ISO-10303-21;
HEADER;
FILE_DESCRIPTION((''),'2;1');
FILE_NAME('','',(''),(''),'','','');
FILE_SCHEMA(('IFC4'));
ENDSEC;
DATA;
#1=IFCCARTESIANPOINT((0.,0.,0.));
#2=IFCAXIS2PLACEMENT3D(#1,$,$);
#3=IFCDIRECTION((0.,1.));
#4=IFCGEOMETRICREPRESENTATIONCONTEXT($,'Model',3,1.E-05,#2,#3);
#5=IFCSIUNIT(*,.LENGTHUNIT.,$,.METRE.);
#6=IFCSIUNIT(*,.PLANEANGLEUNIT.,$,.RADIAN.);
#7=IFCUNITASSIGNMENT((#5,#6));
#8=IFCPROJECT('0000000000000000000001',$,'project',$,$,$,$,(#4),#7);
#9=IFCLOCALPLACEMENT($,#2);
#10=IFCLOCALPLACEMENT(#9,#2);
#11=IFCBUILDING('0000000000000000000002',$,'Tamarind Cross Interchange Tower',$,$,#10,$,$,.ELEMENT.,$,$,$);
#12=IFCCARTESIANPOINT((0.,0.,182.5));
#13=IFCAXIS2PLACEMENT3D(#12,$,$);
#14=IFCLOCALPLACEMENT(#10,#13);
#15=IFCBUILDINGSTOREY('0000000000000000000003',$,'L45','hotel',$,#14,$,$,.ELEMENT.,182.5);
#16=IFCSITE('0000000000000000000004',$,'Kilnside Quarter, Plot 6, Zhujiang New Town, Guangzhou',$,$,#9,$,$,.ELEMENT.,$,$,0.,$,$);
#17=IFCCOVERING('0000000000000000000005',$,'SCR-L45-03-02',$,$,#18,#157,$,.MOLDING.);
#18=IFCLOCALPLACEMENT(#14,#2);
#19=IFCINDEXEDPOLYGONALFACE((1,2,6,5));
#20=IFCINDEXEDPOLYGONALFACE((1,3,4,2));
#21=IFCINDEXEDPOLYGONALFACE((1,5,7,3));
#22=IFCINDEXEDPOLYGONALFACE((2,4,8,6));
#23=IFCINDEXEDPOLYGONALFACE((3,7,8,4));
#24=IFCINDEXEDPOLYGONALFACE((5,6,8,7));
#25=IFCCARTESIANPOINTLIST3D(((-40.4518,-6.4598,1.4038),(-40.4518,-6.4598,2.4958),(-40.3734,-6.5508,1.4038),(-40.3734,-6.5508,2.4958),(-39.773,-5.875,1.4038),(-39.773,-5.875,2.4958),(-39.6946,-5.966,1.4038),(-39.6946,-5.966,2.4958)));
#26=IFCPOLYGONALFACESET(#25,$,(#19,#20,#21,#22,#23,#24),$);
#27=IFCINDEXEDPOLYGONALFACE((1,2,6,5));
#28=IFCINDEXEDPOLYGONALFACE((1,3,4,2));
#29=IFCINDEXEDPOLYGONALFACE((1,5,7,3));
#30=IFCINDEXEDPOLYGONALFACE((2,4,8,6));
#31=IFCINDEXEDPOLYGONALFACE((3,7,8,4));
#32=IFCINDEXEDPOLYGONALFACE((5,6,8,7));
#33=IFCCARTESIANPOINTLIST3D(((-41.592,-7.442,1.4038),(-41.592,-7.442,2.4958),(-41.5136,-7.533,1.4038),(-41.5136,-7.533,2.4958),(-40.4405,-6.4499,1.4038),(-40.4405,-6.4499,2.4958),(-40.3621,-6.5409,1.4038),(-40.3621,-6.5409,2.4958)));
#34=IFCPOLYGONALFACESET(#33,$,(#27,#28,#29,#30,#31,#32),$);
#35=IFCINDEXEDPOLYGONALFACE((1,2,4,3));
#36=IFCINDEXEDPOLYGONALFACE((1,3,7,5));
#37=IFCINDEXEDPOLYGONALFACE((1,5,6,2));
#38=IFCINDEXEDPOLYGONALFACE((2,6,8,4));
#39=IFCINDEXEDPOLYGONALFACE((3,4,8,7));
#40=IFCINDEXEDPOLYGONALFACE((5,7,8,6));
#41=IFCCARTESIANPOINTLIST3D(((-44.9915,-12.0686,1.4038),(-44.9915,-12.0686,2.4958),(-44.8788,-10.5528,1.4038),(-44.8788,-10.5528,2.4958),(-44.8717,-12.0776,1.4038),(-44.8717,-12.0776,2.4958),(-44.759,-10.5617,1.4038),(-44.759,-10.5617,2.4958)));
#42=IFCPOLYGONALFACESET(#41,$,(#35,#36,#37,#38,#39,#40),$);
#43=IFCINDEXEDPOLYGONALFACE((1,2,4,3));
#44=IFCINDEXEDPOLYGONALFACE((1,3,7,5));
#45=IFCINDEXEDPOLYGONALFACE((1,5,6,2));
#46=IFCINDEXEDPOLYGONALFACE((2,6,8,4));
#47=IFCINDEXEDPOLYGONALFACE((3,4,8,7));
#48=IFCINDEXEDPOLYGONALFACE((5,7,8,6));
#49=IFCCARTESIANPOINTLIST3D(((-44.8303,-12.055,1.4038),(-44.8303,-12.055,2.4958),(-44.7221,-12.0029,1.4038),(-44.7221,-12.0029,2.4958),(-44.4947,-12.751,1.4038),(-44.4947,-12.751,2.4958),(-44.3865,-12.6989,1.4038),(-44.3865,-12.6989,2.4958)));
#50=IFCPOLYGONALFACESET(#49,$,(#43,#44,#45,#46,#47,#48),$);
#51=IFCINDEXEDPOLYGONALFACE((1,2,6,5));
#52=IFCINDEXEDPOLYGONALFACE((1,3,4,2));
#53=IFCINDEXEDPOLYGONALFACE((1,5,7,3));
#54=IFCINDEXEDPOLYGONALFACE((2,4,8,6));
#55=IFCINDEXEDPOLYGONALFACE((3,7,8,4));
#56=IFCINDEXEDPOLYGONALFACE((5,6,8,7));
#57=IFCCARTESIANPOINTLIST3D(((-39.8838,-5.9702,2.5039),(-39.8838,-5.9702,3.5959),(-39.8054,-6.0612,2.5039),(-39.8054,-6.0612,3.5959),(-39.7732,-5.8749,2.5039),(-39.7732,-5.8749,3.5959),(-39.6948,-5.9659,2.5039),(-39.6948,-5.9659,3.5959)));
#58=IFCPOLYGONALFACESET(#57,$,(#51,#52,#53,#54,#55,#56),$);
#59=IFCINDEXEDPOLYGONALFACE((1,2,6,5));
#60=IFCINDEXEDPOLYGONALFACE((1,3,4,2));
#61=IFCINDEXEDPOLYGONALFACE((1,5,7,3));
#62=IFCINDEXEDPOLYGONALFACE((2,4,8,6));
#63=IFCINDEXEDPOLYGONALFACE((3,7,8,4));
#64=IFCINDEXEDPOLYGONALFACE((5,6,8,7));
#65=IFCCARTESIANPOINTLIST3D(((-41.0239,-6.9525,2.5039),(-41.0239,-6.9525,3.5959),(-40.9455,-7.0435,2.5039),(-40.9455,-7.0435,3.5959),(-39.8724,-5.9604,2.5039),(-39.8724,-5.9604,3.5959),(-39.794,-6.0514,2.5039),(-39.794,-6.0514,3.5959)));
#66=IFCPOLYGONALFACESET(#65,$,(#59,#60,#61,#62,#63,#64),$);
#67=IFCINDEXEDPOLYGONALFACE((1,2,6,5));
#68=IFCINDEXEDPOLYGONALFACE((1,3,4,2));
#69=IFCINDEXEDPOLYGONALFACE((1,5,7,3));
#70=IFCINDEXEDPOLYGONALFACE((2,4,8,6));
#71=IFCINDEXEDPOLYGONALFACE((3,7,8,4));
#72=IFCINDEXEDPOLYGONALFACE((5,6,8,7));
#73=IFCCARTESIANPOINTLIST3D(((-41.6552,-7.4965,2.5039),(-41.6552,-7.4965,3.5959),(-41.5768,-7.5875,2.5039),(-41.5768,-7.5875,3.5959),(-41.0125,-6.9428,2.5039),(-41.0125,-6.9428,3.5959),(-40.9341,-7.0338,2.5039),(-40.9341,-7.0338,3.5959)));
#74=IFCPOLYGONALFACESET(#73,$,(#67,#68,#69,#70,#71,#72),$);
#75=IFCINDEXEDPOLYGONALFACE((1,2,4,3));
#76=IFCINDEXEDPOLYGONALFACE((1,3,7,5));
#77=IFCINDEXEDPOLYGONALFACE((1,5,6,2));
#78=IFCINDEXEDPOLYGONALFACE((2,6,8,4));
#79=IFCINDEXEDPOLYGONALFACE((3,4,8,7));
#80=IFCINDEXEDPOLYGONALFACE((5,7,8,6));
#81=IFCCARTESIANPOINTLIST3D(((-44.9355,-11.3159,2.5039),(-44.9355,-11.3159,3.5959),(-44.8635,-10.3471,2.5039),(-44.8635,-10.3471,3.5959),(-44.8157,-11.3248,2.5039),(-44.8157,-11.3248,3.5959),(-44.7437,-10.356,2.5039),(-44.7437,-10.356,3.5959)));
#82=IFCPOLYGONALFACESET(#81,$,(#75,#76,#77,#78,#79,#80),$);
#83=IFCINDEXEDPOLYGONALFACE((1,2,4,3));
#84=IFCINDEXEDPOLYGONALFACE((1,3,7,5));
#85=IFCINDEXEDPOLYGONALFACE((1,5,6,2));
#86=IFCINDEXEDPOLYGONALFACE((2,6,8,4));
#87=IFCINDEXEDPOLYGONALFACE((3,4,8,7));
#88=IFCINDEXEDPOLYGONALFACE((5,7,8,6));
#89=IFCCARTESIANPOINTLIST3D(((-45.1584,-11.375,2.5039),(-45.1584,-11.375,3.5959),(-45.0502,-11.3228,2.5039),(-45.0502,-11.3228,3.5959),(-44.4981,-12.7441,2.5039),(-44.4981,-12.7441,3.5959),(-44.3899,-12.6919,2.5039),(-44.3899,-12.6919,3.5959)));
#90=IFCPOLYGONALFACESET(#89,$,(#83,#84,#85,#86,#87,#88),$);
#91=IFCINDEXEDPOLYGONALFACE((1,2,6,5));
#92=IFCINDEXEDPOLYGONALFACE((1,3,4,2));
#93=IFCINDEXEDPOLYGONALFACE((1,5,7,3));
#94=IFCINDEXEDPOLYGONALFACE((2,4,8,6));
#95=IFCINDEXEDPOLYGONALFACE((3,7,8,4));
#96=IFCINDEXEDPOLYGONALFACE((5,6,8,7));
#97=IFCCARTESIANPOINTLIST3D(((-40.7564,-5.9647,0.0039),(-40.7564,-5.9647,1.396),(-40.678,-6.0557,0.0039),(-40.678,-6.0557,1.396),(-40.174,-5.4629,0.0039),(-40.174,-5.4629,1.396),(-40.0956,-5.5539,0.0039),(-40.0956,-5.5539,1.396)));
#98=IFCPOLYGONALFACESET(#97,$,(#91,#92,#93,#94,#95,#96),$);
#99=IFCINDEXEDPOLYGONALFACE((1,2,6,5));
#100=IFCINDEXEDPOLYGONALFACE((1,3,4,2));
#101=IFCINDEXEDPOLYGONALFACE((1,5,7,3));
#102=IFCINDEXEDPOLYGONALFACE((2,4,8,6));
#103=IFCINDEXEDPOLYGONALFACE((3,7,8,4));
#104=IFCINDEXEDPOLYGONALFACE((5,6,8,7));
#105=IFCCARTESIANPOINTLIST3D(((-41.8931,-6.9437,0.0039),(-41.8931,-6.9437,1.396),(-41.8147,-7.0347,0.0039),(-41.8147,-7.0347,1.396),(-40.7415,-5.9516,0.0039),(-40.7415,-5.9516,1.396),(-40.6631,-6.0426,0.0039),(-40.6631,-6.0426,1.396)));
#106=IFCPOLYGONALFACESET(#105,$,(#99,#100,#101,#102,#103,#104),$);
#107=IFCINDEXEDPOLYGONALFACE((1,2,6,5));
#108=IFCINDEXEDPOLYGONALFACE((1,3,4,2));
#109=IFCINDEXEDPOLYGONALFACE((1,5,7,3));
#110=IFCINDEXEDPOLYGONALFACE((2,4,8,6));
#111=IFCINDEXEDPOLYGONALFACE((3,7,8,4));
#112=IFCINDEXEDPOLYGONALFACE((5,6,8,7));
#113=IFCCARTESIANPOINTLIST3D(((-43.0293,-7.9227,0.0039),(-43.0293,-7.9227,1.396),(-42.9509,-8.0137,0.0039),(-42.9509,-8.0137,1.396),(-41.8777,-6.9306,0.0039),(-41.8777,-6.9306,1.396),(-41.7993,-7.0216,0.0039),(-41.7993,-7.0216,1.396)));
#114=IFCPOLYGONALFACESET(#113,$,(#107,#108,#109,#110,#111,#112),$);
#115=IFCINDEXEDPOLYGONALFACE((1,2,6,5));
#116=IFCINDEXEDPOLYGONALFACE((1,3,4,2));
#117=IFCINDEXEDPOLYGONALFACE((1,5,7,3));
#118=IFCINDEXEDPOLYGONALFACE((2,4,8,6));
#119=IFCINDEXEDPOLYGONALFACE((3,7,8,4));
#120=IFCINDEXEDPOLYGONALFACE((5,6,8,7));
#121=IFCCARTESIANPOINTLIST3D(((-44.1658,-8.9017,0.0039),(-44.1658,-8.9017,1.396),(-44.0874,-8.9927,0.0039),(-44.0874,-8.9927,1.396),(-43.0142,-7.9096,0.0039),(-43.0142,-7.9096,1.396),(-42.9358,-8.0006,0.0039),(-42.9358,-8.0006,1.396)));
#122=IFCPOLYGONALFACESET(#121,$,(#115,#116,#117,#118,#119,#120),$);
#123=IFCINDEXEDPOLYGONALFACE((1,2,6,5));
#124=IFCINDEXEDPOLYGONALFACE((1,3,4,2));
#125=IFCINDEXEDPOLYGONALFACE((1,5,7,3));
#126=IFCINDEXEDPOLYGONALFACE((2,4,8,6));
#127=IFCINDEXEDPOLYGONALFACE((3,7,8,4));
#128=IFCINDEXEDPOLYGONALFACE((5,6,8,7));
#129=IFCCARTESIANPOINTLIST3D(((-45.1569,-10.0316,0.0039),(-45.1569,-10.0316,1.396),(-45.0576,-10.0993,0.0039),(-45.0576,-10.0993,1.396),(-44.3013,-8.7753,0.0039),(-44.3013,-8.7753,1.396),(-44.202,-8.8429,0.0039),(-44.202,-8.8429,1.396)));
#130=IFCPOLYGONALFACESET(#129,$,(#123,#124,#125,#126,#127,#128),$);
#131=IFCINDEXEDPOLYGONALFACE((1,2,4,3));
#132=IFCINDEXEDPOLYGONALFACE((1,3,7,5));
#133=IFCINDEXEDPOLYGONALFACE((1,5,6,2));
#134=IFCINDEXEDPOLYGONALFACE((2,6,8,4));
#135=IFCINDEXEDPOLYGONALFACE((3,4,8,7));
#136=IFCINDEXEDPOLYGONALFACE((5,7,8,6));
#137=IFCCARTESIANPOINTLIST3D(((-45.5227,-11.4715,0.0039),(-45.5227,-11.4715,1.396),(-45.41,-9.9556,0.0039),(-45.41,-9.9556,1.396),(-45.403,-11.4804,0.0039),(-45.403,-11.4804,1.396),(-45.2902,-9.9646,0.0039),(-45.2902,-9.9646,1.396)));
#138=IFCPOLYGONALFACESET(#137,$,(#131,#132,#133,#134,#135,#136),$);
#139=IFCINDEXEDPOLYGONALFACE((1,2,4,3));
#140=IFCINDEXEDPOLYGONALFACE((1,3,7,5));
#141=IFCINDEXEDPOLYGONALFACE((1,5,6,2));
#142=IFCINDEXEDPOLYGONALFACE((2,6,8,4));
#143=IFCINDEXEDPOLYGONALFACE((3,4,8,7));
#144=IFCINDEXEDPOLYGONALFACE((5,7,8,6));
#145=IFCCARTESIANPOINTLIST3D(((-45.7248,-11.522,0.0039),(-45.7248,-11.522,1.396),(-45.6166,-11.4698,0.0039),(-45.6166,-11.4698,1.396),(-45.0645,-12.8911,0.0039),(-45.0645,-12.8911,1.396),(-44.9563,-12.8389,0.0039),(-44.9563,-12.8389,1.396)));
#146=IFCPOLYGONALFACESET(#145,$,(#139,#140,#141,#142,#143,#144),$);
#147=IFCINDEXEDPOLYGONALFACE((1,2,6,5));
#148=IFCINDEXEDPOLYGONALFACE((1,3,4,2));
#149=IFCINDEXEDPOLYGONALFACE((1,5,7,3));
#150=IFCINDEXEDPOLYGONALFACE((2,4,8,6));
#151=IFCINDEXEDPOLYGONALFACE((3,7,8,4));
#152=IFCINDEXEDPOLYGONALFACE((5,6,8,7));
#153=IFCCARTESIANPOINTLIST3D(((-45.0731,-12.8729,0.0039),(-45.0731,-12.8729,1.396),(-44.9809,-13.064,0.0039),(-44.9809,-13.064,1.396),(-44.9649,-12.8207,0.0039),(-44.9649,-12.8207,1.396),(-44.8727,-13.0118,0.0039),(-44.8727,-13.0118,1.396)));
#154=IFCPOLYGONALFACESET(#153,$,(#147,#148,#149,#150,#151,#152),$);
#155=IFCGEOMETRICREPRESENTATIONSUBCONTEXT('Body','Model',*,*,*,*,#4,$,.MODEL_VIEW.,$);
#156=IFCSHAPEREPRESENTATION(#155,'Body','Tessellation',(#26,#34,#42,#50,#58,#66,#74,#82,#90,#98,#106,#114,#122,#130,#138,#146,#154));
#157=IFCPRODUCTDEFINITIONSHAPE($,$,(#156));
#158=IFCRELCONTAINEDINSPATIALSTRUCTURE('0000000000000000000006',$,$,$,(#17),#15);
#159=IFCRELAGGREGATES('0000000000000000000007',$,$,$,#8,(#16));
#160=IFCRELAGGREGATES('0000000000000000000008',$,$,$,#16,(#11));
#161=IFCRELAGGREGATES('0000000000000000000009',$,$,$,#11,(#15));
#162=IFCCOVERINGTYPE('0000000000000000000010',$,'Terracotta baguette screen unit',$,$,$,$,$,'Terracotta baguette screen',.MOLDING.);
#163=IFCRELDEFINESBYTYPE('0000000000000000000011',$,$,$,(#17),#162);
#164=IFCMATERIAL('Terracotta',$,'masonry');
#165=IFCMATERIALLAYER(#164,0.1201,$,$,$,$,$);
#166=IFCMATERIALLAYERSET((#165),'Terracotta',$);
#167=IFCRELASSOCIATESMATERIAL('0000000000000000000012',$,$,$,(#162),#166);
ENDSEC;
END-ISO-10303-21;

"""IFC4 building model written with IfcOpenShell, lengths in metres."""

from ifc_helpers import new_model, si_unit, direction, frame, origin, origin_2d, place, context, subcontext, project, spatial, rectangle, extrude, material, layer, layer_set, type_object, element, save


model = new_model("IFC4")

# Units and contexts
model_context = context("Model", 3, precision=1e-05, world=origin(), true_north=direction((0.0, 1.0)))
body_context = subcontext(model_context, "Body", "Model", "MODEL_VIEW")
ifc_project = project(units=[si_unit("LENGTHUNIT", "METRE"), si_unit("PLANEANGLEUNIT", "RADIAN")], contexts=[model_context])

# Site, building, storey
site_placement = place(None, origin())
site = spatial("IfcSite", under=ifc_project, at=site_placement, Name="Kilnside Quarter, Plot 6, Zhujiang New Town, Guangzhou", CompositionType="ELEMENT", RefElevation=0.0)
building_placement = place(site_placement, origin())
building = spatial("IfcBuilding", under=site, at=building_placement, Name="Tamarind Cross Interchange Tower", CompositionType="ELEMENT")
storey_placement = place(building_placement, frame((0.0, 0.0, 182.5)))
storey = spatial("IfcBuildingStorey", under=building, at=storey_placement, Name="L45", Description="hotel", CompositionType="ELEMENT", Elevation=182.5)

# Covering
ifc_material_1 = material(Name="Terracotta", Category="masonry")
ifc_layer_1 = layer(ifc_material_1, 0.1201)
ifc_layer_set_1 = layer_set([ifc_layer_1], Name="Terracotta")
covering_type = type_object("IfcCoveringType", Name="Terracotta baguette screen unit", ElementType="Terracotta baguette screen", PredefinedType="MOLDING", material=ifc_layer_set_1)
covering_1_placement = place(storey_placement, origin())
element("IfcCovering", 1, at=covering_1_placement, inside=storey, type_object=covering_type, Name="SCR-L45-03-02", PredefinedType="MOLDING", context=body_context, shape_type="SweptSolid", body=[
    extrude(rectangle(XDim=0.896, YDim=0.1201, at=origin_2d()), frame((-40.0732, -6.2129, 1.4038), z_axis=(0.0, 0.0, 1.0), x_axis=(-0.757597, -0.652723, 0.0)), (0.0, 0.0, 1.0), 1.092),
    extrude(rectangle(XDim=1.52, YDim=0.1201, at=origin_2d()), frame((-40.9771, -6.9915, 1.4038), z_axis=(0.0, 0.0, 1.0), x_axis=(-0.757597, -0.652723, 0.0)), (0.0, 0.0, 1.0), 1.092),
    extrude(rectangle(XDim=1.52, YDim=0.1201, at=origin_2d()), frame((-44.8752, -11.3152, 1.4038), z_axis=(0.0, 0.0, 1.0), x_axis=(-0.074157, -0.997247, 0.0)), (0.0, 0.0, 1.0), 1.092),
    extrude(rectangle(XDim=0.7727, YDim=0.1201, at=origin_2d()), frame((-44.6084, -12.377, 1.4038), z_axis=(0.0, 0.0, 1.0), x_axis=(0.434401, -0.900719, 0.0)), (0.0, 0.0, 1.0), 1.092),
    extrude(rectangle(XDim=0.146, YDim=0.1201, at=origin_2d()), frame((-39.7893, -5.968, 2.5039), z_axis=(0.0, 0.0, 1.0), x_axis=(-0.757597, -0.652723, 0.0)), (0.0, 0.0, 1.0), 1.092),
    extrude(rectangle(XDim=1.52, YDim=0.1201, at=origin_2d()), frame((-40.4089, -6.502, 2.5039), z_axis=(0.0, 0.0, 1.0), x_axis=(-0.757597, -0.652723, 0.0)), (0.0, 0.0, 1.0), 1.092),
    extrude(rectangle(XDim=0.8484, YDim=0.1201, at=origin_2d()), frame((-41.2947, -7.2651, 2.5039), z_axis=(0.0, 0.0, 1.0), x_axis=(-0.757597, -0.652723, 0.0)), (0.0, 0.0, 1.0), 1.092),
    extrude(rectangle(XDim=0.9714, YDim=0.1201, at=origin_2d()), frame((-44.8396, -10.8359, 2.5039), z_axis=(0.0, 0.0, 1.0), x_axis=(-0.074157, -0.997247, 0.0)), (0.0, 0.0, 1.0), 1.092),
    extrude(rectangle(XDim=1.52, YDim=0.1201, at=origin_2d()), frame((-44.7742, -12.0334, 2.5039), z_axis=(0.0, 0.0, 1.0), x_axis=(0.434401, -0.900719, 0.0)), (0.0, 0.0, 1.0), 1.092),
    extrude(rectangle(XDim=0.7688, YDim=0.1201, at=origin_2d()), frame((-40.426, -5.7593, 0.0039), z_axis=(0.0, 0.0, 1.0), x_axis=(-0.757597, -0.652723, 0.0)), (0.0, 0.0, 1.0), 1.3921),
    extrude(rectangle(XDim=1.52, YDim=0.1201, at=origin_2d()), frame((-41.2781, -6.4932, 0.0039), z_axis=(0.0, 0.0, 1.0), x_axis=(-0.757597, -0.652723, 0.0)), (0.0, 0.0, 1.0), 1.3921),
    extrude(rectangle(XDim=1.52, YDim=0.1201, at=origin_2d()), frame((-42.4143, -7.4722, 0.0039), z_axis=(0.0, 0.0, 1.0), x_axis=(-0.757597, -0.652723, 0.0)), (0.0, 0.0, 1.0), 1.3921),
    extrude(rectangle(XDim=1.52, YDim=0.1201, at=origin_2d()), frame((-43.5508, -8.4512, 0.0039), z_axis=(0.0, 0.0, 1.0), x_axis=(-0.757597, -0.652723, 0.0)), (0.0, 0.0, 1.0), 1.3921),
    extrude(rectangle(XDim=1.52, YDim=0.1201, at=origin_2d()), frame((-44.6794, -9.4373, 0.0039), z_axis=(0.0, 0.0, 1.0), x_axis=(-0.562845, -0.826562, 0.0)), (0.0, 0.0, 1.0), 1.3921),
    extrude(rectangle(XDim=1.52, YDim=0.1201, at=origin_2d()), frame((-45.4065, -10.718, 0.0039), z_axis=(0.0, 0.0, 1.0), x_axis=(-0.074157, -0.997247, 0.0)), (0.0, 0.0, 1.0), 1.3921),
    extrude(rectangle(XDim=1.52, YDim=0.1201, at=origin_2d()), frame((-45.3406, -12.1804, 0.0039), z_axis=(0.0, 0.0, 1.0), x_axis=(0.434401, -0.900719, 0.0)), (0.0, 0.0, 1.0), 1.3921),
    extrude(rectangle(XDim=0.2122, YDim=0.1201, at=origin_2d()), frame((-44.9729, -12.9424, 0.0039), z_axis=(0.0, 0.0, 1.0), x_axis=(0.434401, -0.900719, 0.0)), (0.0, 0.0, 1.0), 1.3921),
])

save(model, "model.ifc")
